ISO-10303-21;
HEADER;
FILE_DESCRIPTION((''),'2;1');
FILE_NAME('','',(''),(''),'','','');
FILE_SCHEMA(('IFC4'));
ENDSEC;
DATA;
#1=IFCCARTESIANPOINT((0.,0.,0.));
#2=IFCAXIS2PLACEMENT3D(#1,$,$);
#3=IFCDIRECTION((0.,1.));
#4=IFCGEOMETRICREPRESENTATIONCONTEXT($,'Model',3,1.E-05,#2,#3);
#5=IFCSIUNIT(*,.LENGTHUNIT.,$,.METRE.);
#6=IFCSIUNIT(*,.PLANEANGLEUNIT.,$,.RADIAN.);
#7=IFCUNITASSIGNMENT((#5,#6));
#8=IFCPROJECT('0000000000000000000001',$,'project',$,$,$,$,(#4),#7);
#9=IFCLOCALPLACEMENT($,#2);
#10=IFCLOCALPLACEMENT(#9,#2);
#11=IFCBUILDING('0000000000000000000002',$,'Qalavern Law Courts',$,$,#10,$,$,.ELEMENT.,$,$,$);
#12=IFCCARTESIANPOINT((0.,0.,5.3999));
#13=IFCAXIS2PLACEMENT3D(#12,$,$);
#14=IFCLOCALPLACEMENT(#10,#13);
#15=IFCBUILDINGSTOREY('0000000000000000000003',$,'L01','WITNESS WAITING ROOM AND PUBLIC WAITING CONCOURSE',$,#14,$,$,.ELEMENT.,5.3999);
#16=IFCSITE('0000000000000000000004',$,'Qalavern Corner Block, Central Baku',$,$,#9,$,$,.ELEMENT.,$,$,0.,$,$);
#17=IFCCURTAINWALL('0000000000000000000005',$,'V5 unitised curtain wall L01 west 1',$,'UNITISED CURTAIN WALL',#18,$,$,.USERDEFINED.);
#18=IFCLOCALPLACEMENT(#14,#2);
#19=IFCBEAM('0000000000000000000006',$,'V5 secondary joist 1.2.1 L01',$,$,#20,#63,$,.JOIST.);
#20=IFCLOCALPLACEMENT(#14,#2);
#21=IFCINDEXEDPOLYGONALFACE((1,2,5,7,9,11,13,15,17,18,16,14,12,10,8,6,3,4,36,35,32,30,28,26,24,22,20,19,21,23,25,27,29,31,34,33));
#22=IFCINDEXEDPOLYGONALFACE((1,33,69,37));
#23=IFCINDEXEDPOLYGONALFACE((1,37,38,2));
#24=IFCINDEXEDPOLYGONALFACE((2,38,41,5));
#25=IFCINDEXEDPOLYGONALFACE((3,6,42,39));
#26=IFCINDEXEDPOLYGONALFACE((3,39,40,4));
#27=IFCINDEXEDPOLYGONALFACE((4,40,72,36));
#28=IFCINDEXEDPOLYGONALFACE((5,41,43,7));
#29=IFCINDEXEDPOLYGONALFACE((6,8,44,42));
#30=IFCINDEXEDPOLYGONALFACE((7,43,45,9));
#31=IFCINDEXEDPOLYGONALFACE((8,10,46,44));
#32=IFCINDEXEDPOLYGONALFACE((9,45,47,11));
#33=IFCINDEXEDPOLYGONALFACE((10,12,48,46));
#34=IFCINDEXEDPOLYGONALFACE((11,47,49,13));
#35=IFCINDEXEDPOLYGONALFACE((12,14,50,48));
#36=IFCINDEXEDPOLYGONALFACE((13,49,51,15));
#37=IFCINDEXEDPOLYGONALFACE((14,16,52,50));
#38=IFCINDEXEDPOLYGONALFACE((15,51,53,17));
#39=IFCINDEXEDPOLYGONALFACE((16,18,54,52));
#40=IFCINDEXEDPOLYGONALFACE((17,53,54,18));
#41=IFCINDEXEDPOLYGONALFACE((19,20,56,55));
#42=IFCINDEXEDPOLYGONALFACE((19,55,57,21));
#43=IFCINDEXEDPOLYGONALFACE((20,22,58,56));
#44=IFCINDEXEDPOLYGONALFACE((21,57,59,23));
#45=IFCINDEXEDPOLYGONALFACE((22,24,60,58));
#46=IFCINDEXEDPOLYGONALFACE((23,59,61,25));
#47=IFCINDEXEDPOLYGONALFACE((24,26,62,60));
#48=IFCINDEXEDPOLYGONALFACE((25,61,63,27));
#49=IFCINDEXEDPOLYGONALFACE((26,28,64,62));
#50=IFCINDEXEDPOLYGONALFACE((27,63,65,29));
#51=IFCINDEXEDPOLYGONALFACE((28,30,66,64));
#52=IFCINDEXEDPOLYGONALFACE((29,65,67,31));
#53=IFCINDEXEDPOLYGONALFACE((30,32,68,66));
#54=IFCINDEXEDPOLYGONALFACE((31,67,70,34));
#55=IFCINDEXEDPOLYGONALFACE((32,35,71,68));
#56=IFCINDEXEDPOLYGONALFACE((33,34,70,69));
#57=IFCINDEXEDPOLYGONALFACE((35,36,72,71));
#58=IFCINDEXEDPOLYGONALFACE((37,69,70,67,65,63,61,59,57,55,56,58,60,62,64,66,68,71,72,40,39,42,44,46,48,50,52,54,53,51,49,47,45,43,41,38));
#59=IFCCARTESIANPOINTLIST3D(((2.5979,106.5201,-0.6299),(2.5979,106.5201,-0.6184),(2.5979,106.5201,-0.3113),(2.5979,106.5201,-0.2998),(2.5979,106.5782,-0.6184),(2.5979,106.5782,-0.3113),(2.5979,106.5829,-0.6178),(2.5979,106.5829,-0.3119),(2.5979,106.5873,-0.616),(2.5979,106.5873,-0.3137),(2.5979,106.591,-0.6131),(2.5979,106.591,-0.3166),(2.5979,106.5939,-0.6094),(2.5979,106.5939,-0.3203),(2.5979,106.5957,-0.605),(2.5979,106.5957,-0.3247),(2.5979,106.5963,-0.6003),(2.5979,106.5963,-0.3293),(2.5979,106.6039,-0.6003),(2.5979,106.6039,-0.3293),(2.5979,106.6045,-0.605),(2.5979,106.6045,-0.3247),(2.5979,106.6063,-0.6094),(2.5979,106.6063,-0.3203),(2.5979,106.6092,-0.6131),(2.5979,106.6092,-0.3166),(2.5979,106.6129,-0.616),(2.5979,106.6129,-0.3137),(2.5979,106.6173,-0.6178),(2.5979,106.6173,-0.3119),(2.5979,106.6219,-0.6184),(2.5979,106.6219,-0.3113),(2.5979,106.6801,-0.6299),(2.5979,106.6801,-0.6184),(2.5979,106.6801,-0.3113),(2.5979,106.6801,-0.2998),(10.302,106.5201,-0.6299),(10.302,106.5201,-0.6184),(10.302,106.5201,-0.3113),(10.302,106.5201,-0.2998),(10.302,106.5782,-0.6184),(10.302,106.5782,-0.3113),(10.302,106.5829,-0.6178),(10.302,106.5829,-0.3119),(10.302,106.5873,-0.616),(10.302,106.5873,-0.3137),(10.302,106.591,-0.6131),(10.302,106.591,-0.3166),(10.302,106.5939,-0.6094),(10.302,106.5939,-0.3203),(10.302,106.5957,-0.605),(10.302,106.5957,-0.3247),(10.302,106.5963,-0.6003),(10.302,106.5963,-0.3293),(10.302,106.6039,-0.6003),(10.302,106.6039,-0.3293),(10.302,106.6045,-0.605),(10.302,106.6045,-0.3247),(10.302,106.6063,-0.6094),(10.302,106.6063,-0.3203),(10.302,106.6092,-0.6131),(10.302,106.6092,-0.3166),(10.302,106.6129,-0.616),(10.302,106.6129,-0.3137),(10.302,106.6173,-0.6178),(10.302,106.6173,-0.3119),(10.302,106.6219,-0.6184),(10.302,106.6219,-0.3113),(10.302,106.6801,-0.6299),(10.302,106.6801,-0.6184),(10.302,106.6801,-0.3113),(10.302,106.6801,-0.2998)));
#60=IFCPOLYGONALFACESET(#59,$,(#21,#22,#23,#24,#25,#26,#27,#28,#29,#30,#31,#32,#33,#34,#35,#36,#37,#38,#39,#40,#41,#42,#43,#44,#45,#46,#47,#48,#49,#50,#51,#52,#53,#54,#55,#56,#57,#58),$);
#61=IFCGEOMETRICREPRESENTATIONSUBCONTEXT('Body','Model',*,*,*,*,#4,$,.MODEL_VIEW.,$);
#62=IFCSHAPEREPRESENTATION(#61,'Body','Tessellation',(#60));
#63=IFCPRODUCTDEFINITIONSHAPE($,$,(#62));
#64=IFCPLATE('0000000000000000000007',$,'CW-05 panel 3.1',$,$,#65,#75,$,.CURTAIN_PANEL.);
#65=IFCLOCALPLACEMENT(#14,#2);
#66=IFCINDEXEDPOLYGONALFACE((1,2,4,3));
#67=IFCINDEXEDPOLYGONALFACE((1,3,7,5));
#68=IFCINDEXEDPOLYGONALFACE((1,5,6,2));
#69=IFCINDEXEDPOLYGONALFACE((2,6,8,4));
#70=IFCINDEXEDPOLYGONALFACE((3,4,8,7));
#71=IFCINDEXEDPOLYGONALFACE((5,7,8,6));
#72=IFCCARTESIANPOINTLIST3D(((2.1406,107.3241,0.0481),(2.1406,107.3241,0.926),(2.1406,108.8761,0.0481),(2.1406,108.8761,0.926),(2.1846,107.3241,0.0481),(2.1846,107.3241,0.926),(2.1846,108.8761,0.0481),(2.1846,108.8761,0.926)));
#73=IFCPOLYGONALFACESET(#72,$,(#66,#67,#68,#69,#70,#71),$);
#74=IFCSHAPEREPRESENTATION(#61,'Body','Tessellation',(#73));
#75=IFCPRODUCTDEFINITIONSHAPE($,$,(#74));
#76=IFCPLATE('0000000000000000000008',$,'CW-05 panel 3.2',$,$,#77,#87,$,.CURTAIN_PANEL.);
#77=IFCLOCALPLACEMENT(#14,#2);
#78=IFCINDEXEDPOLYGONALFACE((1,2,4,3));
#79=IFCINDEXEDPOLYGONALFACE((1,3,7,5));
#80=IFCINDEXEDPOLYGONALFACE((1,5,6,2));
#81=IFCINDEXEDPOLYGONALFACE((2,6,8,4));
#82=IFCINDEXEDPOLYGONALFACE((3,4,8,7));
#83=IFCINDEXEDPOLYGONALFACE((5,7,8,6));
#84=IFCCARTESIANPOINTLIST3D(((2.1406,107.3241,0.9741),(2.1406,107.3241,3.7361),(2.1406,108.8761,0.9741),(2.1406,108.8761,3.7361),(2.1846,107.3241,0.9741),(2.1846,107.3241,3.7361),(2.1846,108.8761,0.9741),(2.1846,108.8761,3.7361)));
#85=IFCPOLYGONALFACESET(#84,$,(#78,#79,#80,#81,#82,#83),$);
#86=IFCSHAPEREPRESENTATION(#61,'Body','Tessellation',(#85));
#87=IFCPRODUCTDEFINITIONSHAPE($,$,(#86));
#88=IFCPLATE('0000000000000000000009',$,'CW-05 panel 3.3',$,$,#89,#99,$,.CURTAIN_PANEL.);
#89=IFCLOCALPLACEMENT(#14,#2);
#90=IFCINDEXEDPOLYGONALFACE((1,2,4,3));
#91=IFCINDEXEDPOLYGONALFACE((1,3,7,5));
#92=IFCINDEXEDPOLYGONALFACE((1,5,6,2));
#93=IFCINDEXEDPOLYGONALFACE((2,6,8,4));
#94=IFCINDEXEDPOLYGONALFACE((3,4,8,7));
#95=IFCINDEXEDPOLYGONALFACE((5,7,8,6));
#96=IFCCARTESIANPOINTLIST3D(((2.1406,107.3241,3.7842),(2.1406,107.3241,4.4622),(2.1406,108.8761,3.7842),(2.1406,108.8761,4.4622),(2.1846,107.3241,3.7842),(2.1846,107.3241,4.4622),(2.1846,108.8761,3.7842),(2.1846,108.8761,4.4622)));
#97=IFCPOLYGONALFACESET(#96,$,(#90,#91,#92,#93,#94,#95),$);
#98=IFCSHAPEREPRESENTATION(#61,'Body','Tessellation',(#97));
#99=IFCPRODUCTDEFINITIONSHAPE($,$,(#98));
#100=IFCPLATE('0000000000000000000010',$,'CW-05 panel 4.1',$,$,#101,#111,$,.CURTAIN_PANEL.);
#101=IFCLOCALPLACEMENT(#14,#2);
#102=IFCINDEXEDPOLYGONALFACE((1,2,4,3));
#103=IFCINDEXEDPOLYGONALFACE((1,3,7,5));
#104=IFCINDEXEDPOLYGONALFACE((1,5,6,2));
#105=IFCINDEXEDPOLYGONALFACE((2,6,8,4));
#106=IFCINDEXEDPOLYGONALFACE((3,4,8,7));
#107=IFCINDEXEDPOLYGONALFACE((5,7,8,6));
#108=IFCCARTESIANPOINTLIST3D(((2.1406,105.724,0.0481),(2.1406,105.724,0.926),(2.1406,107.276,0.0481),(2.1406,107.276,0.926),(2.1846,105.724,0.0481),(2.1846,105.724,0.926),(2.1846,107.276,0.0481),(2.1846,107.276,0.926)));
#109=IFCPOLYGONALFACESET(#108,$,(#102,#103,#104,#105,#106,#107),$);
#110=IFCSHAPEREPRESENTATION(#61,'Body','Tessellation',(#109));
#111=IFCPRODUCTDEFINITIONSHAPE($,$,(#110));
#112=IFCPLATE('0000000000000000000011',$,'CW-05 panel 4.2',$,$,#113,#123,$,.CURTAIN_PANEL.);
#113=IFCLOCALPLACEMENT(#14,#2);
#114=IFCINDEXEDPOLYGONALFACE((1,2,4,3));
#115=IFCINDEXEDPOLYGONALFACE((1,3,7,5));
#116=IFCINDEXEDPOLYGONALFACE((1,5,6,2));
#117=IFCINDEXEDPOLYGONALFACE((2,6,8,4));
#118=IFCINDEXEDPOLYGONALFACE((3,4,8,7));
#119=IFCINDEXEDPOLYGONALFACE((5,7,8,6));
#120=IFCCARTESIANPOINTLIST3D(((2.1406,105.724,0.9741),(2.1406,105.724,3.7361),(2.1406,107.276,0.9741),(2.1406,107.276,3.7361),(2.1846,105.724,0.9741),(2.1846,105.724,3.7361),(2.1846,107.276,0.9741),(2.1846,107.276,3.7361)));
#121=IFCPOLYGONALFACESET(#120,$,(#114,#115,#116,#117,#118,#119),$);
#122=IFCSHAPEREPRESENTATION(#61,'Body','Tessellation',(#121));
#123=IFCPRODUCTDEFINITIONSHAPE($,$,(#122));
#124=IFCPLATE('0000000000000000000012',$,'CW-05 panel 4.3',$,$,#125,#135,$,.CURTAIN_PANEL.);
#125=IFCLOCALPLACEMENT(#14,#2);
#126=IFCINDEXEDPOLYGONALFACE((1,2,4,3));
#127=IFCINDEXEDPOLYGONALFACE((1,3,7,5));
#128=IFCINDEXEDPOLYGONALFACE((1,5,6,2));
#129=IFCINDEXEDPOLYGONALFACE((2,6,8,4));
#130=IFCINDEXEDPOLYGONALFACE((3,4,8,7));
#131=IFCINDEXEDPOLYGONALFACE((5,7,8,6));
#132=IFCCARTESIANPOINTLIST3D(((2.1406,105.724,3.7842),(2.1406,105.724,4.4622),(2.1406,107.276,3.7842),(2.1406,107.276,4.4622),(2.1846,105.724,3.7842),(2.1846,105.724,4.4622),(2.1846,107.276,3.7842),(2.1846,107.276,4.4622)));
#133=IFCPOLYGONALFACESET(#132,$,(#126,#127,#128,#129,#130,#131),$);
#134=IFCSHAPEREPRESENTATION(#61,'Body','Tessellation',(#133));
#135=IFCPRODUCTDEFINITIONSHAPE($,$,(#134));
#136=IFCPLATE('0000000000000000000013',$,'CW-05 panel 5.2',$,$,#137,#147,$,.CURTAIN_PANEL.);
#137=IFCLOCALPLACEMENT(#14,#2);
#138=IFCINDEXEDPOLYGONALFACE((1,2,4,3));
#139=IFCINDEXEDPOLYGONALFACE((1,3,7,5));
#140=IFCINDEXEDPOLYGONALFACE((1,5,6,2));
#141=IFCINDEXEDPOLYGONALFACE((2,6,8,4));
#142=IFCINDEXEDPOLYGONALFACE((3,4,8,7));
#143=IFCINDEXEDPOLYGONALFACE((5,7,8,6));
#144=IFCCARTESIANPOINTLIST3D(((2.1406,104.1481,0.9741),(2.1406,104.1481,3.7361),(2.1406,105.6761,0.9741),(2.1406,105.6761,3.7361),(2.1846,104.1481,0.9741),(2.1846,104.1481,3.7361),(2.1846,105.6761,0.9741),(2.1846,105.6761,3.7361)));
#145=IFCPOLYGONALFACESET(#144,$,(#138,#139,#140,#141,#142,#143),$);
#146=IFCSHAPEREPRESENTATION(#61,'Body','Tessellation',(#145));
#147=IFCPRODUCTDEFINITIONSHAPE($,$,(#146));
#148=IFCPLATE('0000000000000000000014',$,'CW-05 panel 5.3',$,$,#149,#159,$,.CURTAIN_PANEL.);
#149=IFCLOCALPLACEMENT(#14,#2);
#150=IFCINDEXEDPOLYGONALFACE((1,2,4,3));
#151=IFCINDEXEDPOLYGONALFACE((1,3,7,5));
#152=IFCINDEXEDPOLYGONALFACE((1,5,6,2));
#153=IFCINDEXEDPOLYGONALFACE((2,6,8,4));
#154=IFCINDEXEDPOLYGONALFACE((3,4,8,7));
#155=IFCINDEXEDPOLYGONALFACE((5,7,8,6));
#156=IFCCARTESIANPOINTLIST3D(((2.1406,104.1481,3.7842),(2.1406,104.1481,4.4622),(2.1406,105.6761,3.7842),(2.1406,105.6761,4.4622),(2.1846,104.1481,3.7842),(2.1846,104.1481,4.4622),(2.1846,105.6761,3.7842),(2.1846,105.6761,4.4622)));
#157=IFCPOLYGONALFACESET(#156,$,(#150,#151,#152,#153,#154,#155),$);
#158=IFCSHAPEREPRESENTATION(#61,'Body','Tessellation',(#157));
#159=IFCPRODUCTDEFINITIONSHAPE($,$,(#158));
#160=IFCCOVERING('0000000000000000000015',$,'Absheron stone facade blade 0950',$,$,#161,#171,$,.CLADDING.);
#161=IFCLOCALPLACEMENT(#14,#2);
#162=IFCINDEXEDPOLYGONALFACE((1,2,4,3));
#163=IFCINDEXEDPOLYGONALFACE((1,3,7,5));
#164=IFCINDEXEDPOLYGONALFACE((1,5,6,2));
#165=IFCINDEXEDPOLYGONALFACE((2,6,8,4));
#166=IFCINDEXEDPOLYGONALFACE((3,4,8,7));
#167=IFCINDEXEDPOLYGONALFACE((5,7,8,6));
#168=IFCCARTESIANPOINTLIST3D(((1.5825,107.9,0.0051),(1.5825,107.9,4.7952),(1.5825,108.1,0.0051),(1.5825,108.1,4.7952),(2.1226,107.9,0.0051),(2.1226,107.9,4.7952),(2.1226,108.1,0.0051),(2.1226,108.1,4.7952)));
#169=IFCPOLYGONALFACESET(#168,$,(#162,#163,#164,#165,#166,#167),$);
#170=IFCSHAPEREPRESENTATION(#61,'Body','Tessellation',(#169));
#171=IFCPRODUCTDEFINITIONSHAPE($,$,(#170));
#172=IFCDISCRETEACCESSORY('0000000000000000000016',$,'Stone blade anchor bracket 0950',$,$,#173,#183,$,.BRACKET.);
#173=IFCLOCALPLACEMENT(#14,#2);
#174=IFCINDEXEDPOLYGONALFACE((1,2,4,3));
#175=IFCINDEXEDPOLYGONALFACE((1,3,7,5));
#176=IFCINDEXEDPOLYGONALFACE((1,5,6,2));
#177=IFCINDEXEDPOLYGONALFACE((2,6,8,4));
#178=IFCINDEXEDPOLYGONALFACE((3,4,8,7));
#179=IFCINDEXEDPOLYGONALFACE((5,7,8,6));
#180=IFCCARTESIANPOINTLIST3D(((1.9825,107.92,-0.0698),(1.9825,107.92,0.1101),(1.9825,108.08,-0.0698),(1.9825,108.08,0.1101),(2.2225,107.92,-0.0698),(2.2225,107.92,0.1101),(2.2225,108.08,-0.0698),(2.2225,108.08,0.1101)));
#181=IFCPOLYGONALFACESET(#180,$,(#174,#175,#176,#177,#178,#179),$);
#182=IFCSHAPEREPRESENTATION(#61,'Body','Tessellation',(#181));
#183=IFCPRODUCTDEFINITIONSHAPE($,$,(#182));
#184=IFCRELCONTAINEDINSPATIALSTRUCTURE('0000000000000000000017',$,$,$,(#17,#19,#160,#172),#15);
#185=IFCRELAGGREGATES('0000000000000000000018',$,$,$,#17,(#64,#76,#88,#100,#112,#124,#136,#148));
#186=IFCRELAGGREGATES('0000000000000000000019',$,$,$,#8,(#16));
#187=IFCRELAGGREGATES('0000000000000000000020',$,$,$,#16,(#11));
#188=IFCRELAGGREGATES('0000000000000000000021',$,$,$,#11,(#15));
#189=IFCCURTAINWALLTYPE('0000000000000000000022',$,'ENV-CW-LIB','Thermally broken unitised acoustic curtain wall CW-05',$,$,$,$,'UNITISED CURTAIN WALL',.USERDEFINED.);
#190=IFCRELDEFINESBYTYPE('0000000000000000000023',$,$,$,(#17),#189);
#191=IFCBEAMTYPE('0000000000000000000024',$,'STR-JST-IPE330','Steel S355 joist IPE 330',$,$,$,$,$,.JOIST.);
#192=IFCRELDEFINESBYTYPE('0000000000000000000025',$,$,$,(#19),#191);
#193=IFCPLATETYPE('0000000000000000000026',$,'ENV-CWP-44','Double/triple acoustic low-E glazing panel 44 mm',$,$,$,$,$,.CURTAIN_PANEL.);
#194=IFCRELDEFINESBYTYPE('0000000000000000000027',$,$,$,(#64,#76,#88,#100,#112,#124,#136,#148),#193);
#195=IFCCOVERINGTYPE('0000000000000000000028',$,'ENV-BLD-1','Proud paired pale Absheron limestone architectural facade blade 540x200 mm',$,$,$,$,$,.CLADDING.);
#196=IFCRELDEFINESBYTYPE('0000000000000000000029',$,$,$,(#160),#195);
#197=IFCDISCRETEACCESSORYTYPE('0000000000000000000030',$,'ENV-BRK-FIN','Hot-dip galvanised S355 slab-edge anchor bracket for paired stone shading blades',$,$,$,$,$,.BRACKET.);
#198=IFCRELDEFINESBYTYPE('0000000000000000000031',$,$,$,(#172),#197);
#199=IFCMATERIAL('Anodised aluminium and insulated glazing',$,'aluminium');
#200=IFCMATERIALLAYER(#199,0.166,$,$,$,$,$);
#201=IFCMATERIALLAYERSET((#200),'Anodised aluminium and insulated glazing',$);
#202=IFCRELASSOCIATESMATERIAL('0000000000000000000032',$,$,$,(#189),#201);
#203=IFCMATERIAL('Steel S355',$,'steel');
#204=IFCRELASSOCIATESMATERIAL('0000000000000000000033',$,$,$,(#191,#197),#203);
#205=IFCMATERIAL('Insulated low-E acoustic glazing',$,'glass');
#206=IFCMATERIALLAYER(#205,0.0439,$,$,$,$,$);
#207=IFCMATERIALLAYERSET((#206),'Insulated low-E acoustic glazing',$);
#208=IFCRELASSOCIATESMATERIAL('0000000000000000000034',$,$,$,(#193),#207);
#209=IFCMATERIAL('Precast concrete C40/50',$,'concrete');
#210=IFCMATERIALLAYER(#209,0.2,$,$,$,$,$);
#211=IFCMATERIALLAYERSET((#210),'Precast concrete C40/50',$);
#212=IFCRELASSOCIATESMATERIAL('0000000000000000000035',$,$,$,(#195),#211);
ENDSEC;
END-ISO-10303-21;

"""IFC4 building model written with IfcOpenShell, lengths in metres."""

from ifc_helpers import new_model, si_unit, direction, frame, origin, origin_2d, place, context, subcontext, project, spatial, rectangle, i_section, extrude, material, layer, layer_set, material_profile, profile_set, type_object, element, aggregate, save


model = new_model("IFC4")

# Units and contexts
model_context = context("Model", 3, precision=1e-05, world=origin(), true_north=direction((0.0, 1.0)))
body_context = subcontext(model_context, "Body", "Model", "MODEL_VIEW")
ifc_project = project(units=[si_unit("LENGTHUNIT", "METRE"), si_unit("PLANEANGLEUNIT", "RADIAN")], contexts=[model_context])

# Site, building, storey
site_placement = place(None, origin())
site = spatial("IfcSite", under=ifc_project, at=site_placement, Name="Qalavern Corner Block, Central Baku", CompositionType="ELEMENT", RefElevation=0.0)
building_placement = place(site_placement, origin())
building = spatial("IfcBuilding", under=site, at=building_placement, Name="Qalavern Law Courts", CompositionType="ELEMENT")
storey_placement = place(building_placement, frame((0.0, 0.0, 5.3999)))
storey = spatial("IfcBuildingStorey", under=building, at=storey_placement, Name="L01", Description="WITNESS WAITING ROOM AND PUBLIC WAITING CONCOURSE", CompositionType="ELEMENT", Elevation=5.3999)

# Curtain wall
ifc_material_1 = material(Name="Anodised aluminium and insulated glazing", Category="aluminium")
ifc_layer_1 = layer(ifc_material_1, 0.166)
ifc_layer_set_1 = layer_set([ifc_layer_1], Name="Anodised aluminium and insulated glazing")
curtain_wall_type = type_object("IfcCurtainWallType", Name="ENV-CW-LIB", Description="Thermally broken unitised acoustic curtain wall CW-05", ElementType="UNITISED CURTAIN WALL", PredefinedType="USERDEFINED", material=ifc_layer_set_1)
curtain_wall_placement = place(storey_placement, origin())
curtain_wall = element("IfcCurtainWall", 1, at=curtain_wall_placement, inside=storey, type_object=curtain_wall_type, Name="V5 unitised curtain wall L01 west 1", ObjectType="UNITISED CURTAIN WALL", PredefinedType="USERDEFINED")

# Beam
ifc_material_2 = material(Name="Steel S355", Category="steel")
ifc_material_profile_1 = material_profile(ifc_material_2, i_section(OverallWidth=0.1599, OverallDepth=0.3301, WebThickness=0.0076, FlangeThickness=0.0115, FilletRadius=0.0181, at=origin_2d()), Name="IPE 330")
ifc_profile_set_1 = profile_set([ifc_material_profile_1], Name="Steel S355")
beam_type = type_object("IfcBeamType", Name="STR-JST-IPE330", Description="Steel S355 joist IPE 330", PredefinedType="JOIST", material=ifc_profile_set_1)
beam_placement = place(storey_placement, frame((2.5979, 106.6001, -0.4648), z_axis=(1.0, 0.0, 0.0), x_axis=(0.0, 1.0, 0.0)))
element("IfcBeam", 2, at=beam_placement, inside=storey, type_object=beam_type, Name="V5 secondary joist 1.2.1 L01", PredefinedType="JOIST", context=body_context, shape_type="SweptSolid", body=[
    extrude(i_section(OverallWidth=0.1599, OverallDepth=0.3301, WebThickness=0.0076, FlangeThickness=0.0115, FilletRadius=0.0181, at=origin_2d()), origin(), (0.0, 0.0, 1.0), 7.7041),
])

# Plates
ifc_material_3 = material(Name="Insulated low-E acoustic glazing", Category="glass")
ifc_layer_2 = layer(ifc_material_3, 0.0439)
ifc_layer_set_2 = layer_set([ifc_layer_2], Name="Insulated low-E acoustic glazing")
plate_type = type_object("IfcPlateType", Name="ENV-CWP-44", Description="Double/triple acoustic low-E glazing panel 44 mm", PredefinedType="CURTAIN_PANEL", material=ifc_layer_set_2)
plate_1_placement = place(storey_placement, frame((2.1626, 108.1001, 0.0481), z_axis=(0.0, 0.0, 1.0), x_axis=(0.0, -1.0, 0.0)))
plate_1 = element("IfcPlate", 3, at=plate_1_placement, type_object=plate_type, Name="CW-05 panel 3.1", PredefinedType="CURTAIN_PANEL", context=body_context, shape_type="SweptSolid", body=[
    extrude(rectangle(XDim=1.552, YDim=0.0439, at=origin_2d()), origin(), (0.0, 0.0, 1.0), 0.8779),
])
plate_2_placement = place(storey_placement, frame((2.1626, 108.1001, 0.9741), z_axis=(0.0, 0.0, 1.0), x_axis=(0.0, -1.0, 0.0)))
plate_2 = element("IfcPlate", 4, at=plate_2_placement, type_object=plate_type, Name="CW-05 panel 3.2", PredefinedType="CURTAIN_PANEL", context=body_context, shape_type="SweptSolid", body=[
    extrude(rectangle(XDim=1.552, YDim=0.0439, at=origin_2d()), origin(), (0.0, 0.0, 1.0), 2.762),
])
plate_3_placement = place(storey_placement, frame((2.1626, 108.1001, 3.7842), z_axis=(0.0, 0.0, 1.0), x_axis=(0.0, -1.0, 0.0)))
plate_3 = element("IfcPlate", 5, at=plate_3_placement, type_object=plate_type, Name="CW-05 panel 3.3", PredefinedType="CURTAIN_PANEL", context=body_context, shape_type="SweptSolid", body=[
    extrude(rectangle(XDim=1.552, YDim=0.0439, at=origin_2d()), origin(), (0.0, 0.0, 1.0), 0.678),
])
plate_4_placement = place(storey_placement, frame((2.1626, 106.5, 0.0481), z_axis=(0.0, 0.0, 1.0), x_axis=(0.0, -1.0, 0.0)))
plate_4 = element("IfcPlate", 6, at=plate_4_placement, type_object=plate_type, Name="CW-05 panel 4.1", PredefinedType="CURTAIN_PANEL", context=body_context, shape_type="SweptSolid", body=[
    extrude(rectangle(XDim=1.552, YDim=0.0439, at=origin_2d()), origin(), (0.0, 0.0, 1.0), 0.8779),
])
plate_5_placement = place(storey_placement, frame((2.1626, 106.5, 0.9741), z_axis=(0.0, 0.0, 1.0), x_axis=(0.0, -1.0, 0.0)))
plate_5 = element("IfcPlate", 7, at=plate_5_placement, type_object=plate_type, Name="CW-05 panel 4.2", PredefinedType="CURTAIN_PANEL", context=body_context, shape_type="SweptSolid", body=[
    extrude(rectangle(XDim=1.552, YDim=0.0439, at=origin_2d()), origin(), (0.0, 0.0, 1.0), 2.762),
])
plate_6_placement = place(storey_placement, frame((2.1626, 106.5, 3.7842), z_axis=(0.0, 0.0, 1.0), x_axis=(0.0, -1.0, 0.0)))
plate_6 = element("IfcPlate", 8, at=plate_6_placement, type_object=plate_type, Name="CW-05 panel 4.3", PredefinedType="CURTAIN_PANEL", context=body_context, shape_type="SweptSolid", body=[
    extrude(rectangle(XDim=1.552, YDim=0.0439, at=origin_2d()), origin(), (0.0, 0.0, 1.0), 0.678),
])
plate_7_placement = place(storey_placement, frame((2.1626, 104.9121, 0.9741), z_axis=(0.0, 0.0, 1.0), x_axis=(0.0, -1.0, 0.0)))
plate_7 = element("IfcPlate", 9, at=plate_7_placement, type_object=plate_type, Name="CW-05 panel 5.2", PredefinedType="CURTAIN_PANEL", context=body_context, shape_type="SweptSolid", body=[
    extrude(rectangle(XDim=1.5281, YDim=0.0439, at=origin_2d()), origin(), (0.0, 0.0, 1.0), 2.762),
])
plate_8_placement = place(storey_placement, frame((2.1626, 104.9121, 3.7842), z_axis=(0.0, 0.0, 1.0), x_axis=(0.0, -1.0, 0.0)))
plate_8 = element("IfcPlate", 10, at=plate_8_placement, type_object=plate_type, Name="CW-05 panel 5.3", PredefinedType="CURTAIN_PANEL", context=body_context, shape_type="SweptSolid", body=[
    extrude(rectangle(XDim=1.5281, YDim=0.0439, at=origin_2d()), origin(), (0.0, 0.0, 1.0), 0.678),
])
aggregate(curtain_wall, [plate_1, plate_2, plate_3, plate_4, plate_5, plate_6, plate_7, plate_8])

# Covering
ifc_material_4 = material(Name="Precast concrete C40/50", Category="concrete")
ifc_layer_3 = layer(ifc_material_4, 0.2)
ifc_layer_set_3 = layer_set([ifc_layer_3], Name="Precast concrete C40/50")
covering_type = type_object("IfcCoveringType", Name="ENV-BLD-1", Description="Proud paired pale Absheron limestone architectural facade blade 540x200 mm", PredefinedType="CLADDING", material=ifc_layer_set_3)
covering_placement = place(storey_placement, frame((1.8525, 108.0, 0.0051), z_axis=(0.0, 0.0, 1.0), x_axis=(-1.0, 0.0, 0.0)))
element("IfcCovering", 11, at=covering_placement, inside=storey, type_object=covering_type, Name="Absheron stone facade blade 0950", PredefinedType="CLADDING", context=body_context, shape_type="SweptSolid", body=[
    extrude(rectangle(XDim=0.54, YDim=0.2, at=origin_2d()), origin(), (0.0, 0.0, 1.0), 4.79),
])

# Discrete accessory
discrete_accessory_type = type_object("IfcDiscreteAccessoryType", Name="ENV-BRK-FIN", Description="Hot-dip galvanised S355 slab-edge anchor bracket for paired stone shading blades", PredefinedType="BRACKET", material=ifc_material_2)
discrete_accessory_placement = place(storey_placement, frame((2.1025, 108.0, -0.0698), z_axis=(0.0, 0.0, 1.0), x_axis=(-1.0, 0.0, 0.0)))
element("IfcDiscreteAccessory", 12, at=discrete_accessory_placement, inside=storey, type_object=discrete_accessory_type, Name="Stone blade anchor bracket 0950", PredefinedType="BRACKET", context=body_context, shape_type="SweptSolid", body=[
    extrude(rectangle(XDim=0.24, YDim=0.1599, at=origin_2d()), origin(), (0.0, 0.0, 1.0), 0.1799),
])

save(model, "model.ifc")
